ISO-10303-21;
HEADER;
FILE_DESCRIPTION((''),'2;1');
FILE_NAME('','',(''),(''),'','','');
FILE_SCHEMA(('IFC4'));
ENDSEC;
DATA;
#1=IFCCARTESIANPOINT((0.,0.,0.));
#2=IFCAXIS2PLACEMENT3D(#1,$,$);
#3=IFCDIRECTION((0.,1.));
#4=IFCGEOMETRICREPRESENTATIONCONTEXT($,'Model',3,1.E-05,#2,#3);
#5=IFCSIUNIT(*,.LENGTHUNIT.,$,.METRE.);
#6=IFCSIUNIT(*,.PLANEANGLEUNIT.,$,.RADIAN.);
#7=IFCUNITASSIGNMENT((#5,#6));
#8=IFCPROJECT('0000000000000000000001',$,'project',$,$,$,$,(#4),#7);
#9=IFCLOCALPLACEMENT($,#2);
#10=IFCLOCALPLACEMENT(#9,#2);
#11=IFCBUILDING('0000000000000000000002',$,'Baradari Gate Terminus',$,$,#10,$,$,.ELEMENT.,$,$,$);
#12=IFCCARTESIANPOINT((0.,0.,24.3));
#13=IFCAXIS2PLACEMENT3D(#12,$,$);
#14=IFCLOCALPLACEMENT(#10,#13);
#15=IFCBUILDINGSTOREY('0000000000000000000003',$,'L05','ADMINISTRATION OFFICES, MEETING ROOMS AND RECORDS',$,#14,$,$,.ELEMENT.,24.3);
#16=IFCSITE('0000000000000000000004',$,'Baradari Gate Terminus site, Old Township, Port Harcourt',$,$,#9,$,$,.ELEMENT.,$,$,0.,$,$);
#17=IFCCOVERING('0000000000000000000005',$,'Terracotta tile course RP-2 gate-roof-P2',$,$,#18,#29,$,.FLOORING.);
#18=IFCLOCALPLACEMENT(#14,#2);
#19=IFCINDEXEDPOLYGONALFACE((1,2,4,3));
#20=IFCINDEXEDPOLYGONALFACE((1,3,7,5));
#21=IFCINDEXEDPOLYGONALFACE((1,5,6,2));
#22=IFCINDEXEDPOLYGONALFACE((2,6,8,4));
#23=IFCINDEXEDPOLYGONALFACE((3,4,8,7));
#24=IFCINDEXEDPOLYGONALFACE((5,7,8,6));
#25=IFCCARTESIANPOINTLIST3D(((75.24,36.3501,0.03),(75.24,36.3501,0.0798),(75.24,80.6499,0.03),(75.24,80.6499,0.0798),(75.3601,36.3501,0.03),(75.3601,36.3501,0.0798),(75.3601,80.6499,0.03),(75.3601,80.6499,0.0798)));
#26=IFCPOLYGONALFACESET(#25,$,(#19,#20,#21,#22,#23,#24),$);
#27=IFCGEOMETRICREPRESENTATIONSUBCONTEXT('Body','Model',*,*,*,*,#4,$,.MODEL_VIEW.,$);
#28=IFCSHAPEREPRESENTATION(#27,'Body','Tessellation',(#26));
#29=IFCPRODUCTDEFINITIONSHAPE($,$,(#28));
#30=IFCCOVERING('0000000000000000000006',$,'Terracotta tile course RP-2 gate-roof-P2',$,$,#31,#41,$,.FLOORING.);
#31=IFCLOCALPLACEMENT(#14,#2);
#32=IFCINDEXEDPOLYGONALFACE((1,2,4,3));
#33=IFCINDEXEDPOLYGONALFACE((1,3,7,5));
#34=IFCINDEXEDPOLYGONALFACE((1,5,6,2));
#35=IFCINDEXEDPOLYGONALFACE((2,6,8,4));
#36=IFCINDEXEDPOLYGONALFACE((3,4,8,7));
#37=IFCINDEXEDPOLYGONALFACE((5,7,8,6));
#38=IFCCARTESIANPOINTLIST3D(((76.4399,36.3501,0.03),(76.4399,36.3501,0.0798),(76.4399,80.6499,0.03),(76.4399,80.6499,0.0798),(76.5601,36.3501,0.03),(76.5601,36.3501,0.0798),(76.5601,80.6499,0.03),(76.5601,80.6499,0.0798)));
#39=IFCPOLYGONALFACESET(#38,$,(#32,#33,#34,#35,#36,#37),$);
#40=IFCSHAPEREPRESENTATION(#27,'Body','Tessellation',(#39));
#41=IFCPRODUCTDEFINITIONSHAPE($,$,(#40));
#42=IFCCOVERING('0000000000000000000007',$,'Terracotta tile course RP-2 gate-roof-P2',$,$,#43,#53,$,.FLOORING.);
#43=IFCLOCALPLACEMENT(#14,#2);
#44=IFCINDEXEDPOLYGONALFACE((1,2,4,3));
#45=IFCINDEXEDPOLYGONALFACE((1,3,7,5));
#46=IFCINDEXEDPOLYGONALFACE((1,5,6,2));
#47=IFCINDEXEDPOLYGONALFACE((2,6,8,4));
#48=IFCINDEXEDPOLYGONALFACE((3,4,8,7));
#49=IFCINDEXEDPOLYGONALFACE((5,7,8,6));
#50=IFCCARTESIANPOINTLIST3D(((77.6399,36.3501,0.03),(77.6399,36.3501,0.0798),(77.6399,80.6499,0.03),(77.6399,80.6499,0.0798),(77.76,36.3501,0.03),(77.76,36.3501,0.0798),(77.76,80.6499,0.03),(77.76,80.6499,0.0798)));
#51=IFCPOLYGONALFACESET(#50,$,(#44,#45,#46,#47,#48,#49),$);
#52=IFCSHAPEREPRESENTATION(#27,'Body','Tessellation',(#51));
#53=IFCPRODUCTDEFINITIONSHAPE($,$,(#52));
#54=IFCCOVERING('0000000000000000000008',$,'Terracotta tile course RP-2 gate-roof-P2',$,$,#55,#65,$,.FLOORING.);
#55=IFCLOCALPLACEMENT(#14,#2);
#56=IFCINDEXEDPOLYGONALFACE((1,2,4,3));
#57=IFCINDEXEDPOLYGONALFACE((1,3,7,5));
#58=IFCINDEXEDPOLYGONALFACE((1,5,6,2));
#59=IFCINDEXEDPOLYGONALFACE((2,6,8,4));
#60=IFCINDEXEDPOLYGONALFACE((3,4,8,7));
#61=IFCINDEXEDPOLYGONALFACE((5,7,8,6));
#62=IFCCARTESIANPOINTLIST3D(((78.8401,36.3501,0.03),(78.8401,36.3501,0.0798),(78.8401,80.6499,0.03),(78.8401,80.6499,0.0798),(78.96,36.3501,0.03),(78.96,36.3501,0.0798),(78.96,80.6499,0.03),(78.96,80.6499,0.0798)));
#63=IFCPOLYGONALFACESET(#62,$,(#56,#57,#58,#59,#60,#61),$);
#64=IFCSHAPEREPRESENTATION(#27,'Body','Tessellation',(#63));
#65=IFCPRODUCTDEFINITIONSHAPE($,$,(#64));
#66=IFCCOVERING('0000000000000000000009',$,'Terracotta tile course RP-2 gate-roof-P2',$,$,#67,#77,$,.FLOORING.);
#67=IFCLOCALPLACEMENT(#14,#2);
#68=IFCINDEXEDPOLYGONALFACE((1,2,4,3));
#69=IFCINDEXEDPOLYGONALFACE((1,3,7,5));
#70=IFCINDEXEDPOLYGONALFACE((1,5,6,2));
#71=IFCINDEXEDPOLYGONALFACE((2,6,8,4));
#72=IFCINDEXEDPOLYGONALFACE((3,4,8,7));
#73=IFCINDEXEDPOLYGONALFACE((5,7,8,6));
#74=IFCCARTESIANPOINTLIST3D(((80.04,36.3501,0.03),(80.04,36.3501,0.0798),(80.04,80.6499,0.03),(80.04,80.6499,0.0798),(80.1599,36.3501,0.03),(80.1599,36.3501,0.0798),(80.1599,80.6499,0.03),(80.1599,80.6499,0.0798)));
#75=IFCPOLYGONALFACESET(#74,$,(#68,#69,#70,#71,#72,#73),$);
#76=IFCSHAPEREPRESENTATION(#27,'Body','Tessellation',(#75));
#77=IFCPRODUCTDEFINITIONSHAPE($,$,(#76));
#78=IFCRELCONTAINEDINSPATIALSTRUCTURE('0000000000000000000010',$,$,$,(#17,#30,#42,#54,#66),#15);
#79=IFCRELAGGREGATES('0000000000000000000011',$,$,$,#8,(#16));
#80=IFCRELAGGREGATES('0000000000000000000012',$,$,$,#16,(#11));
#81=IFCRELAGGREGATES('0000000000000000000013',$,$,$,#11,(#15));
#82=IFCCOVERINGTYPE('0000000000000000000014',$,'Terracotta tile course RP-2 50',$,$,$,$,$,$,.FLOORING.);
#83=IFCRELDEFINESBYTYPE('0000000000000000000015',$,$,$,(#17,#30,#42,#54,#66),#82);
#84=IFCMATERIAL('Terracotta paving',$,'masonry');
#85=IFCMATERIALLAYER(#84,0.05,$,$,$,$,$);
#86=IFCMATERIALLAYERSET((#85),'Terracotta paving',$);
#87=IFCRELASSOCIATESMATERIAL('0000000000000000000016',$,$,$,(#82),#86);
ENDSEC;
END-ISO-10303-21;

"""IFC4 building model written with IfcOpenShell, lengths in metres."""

from ifc_helpers import new_model, si_unit, direction, frame, origin, place, context, subcontext, project, spatial, polyline, outline, extrude, material, layer, layer_set, type_object, element, save


model = new_model("IFC4")

# Units and contexts
model_context = context("Model", 3, precision=1e-05, world=origin(), true_north=direction((0.0, 1.0)))
body_context = subcontext(model_context, "Body", "Model", "MODEL_VIEW")
ifc_project = project(units=[si_unit("LENGTHUNIT", "METRE"), si_unit("PLANEANGLEUNIT", "RADIAN")], contexts=[model_context])

# Site, building, storey
site_placement = place(None, origin())
site = spatial("IfcSite", under=ifc_project, at=site_placement, Name="Baradari Gate Terminus site, Old Township, Port Harcourt", CompositionType="ELEMENT", RefElevation=0.0)
building_placement = place(site_placement, origin())
building = spatial("IfcBuilding", under=site, at=building_placement, Name="Baradari Gate Terminus", CompositionType="ELEMENT")
storey_placement = place(building_placement, frame((0.0, 0.0, 24.3)))
storey = spatial("IfcBuildingStorey", under=building, at=storey_placement, Name="L05", Description="ADMINISTRATION OFFICES, MEETING ROOMS AND RECORDS", CompositionType="ELEMENT", Elevation=24.3)

# Coverings
ifc_material_1 = material(Name="Terracotta paving", Category="masonry")
ifc_layer_1 = layer(ifc_material_1, 0.05)
ifc_layer_set_1 = layer_set([ifc_layer_1], Name="Terracotta paving")
covering_type_1 = type_object("IfcCoveringType", Name="Terracotta tile course RP-2 50", PredefinedType="FLOORING", material=ifc_layer_set_1)
covering_1_placement = place(storey_placement, frame((0.0, 0.0, 0.03)))
element("IfcCovering", 1, at=covering_1_placement, inside=storey, type_object=covering_type_1, Name="Terracotta tile course RP-2 gate-roof-P2", PredefinedType="FLOORING", context=body_context, shape_type="SweptSolid", body=[
    extrude(outline(polyline([(75.3601, 36.3501), (75.3601, 80.6499), (75.24, 80.6499), (75.24, 36.3501), (75.3601, 36.3501)])), origin(), (0.0, 0.0, 1.0), 0.0498),
])
covering_2_placement = place(storey_placement, frame((0.0, 0.0, 0.03)))
element("IfcCovering", 2, at=covering_2_placement, inside=storey, type_object=covering_type_1, Name="Terracotta tile course RP-2 gate-roof-P2", PredefinedType="FLOORING", context=body_context, shape_type="SweptSolid", body=[
    extrude(outline(polyline([(76.5601, 36.3501), (76.5601, 80.6499), (76.4399, 80.6499), (76.4399, 36.3501), (76.5601, 36.3501)])), origin(), (0.0, 0.0, 1.0), 0.0498),
])
covering_3_placement = place(storey_placement, frame((0.0, 0.0, 0.03)))
element("IfcCovering", 3, at=covering_3_placement, inside=storey, type_object=covering_type_1, Name="Terracotta tile course RP-2 gate-roof-P2", PredefinedType="FLOORING", context=body_context, shape_type="SweptSolid", body=[
    extrude(outline(polyline([(77.76, 36.3501), (77.76, 80.6499), (77.6399, 80.6499), (77.6399, 36.3501), (77.76, 36.3501)])), origin(), (0.0, 0.0, 1.0), 0.0498),
])
covering_4_placement = place(storey_placement, frame((0.0, 0.0, 0.03)))
element("IfcCovering", 4, at=covering_4_placement, inside=storey, type_object=covering_type_1, Name="Terracotta tile course RP-2 gate-roof-P2", PredefinedType="FLOORING", context=body_context, shape_type="SweptSolid", body=[
    extrude(outline(polyline([(78.96, 36.3501), (78.96, 80.6499), (78.8401, 80.6499), (78.8401, 36.3501), (78.96, 36.3501)])), origin(), (0.0, 0.0, 1.0), 0.0498),
])
covering_5_placement = place(storey_placement, frame((0.0, 0.0, 0.03)))
element("IfcCovering", 5, at=covering_5_placement, inside=storey, type_object=covering_type_1, Name="Terracotta tile course RP-2 gate-roof-P2", PredefinedType="FLOORING", context=body_context, shape_type="SweptSolid", body=[
    extrude(outline(polyline([(80.1599, 36.3501), (80.1599, 80.6499), (80.04, 80.6499), (80.04, 36.3501), (80.1599, 36.3501)])), origin(), (0.0, 0.0, 1.0), 0.0498),
])

save(model, "model.ifc")
